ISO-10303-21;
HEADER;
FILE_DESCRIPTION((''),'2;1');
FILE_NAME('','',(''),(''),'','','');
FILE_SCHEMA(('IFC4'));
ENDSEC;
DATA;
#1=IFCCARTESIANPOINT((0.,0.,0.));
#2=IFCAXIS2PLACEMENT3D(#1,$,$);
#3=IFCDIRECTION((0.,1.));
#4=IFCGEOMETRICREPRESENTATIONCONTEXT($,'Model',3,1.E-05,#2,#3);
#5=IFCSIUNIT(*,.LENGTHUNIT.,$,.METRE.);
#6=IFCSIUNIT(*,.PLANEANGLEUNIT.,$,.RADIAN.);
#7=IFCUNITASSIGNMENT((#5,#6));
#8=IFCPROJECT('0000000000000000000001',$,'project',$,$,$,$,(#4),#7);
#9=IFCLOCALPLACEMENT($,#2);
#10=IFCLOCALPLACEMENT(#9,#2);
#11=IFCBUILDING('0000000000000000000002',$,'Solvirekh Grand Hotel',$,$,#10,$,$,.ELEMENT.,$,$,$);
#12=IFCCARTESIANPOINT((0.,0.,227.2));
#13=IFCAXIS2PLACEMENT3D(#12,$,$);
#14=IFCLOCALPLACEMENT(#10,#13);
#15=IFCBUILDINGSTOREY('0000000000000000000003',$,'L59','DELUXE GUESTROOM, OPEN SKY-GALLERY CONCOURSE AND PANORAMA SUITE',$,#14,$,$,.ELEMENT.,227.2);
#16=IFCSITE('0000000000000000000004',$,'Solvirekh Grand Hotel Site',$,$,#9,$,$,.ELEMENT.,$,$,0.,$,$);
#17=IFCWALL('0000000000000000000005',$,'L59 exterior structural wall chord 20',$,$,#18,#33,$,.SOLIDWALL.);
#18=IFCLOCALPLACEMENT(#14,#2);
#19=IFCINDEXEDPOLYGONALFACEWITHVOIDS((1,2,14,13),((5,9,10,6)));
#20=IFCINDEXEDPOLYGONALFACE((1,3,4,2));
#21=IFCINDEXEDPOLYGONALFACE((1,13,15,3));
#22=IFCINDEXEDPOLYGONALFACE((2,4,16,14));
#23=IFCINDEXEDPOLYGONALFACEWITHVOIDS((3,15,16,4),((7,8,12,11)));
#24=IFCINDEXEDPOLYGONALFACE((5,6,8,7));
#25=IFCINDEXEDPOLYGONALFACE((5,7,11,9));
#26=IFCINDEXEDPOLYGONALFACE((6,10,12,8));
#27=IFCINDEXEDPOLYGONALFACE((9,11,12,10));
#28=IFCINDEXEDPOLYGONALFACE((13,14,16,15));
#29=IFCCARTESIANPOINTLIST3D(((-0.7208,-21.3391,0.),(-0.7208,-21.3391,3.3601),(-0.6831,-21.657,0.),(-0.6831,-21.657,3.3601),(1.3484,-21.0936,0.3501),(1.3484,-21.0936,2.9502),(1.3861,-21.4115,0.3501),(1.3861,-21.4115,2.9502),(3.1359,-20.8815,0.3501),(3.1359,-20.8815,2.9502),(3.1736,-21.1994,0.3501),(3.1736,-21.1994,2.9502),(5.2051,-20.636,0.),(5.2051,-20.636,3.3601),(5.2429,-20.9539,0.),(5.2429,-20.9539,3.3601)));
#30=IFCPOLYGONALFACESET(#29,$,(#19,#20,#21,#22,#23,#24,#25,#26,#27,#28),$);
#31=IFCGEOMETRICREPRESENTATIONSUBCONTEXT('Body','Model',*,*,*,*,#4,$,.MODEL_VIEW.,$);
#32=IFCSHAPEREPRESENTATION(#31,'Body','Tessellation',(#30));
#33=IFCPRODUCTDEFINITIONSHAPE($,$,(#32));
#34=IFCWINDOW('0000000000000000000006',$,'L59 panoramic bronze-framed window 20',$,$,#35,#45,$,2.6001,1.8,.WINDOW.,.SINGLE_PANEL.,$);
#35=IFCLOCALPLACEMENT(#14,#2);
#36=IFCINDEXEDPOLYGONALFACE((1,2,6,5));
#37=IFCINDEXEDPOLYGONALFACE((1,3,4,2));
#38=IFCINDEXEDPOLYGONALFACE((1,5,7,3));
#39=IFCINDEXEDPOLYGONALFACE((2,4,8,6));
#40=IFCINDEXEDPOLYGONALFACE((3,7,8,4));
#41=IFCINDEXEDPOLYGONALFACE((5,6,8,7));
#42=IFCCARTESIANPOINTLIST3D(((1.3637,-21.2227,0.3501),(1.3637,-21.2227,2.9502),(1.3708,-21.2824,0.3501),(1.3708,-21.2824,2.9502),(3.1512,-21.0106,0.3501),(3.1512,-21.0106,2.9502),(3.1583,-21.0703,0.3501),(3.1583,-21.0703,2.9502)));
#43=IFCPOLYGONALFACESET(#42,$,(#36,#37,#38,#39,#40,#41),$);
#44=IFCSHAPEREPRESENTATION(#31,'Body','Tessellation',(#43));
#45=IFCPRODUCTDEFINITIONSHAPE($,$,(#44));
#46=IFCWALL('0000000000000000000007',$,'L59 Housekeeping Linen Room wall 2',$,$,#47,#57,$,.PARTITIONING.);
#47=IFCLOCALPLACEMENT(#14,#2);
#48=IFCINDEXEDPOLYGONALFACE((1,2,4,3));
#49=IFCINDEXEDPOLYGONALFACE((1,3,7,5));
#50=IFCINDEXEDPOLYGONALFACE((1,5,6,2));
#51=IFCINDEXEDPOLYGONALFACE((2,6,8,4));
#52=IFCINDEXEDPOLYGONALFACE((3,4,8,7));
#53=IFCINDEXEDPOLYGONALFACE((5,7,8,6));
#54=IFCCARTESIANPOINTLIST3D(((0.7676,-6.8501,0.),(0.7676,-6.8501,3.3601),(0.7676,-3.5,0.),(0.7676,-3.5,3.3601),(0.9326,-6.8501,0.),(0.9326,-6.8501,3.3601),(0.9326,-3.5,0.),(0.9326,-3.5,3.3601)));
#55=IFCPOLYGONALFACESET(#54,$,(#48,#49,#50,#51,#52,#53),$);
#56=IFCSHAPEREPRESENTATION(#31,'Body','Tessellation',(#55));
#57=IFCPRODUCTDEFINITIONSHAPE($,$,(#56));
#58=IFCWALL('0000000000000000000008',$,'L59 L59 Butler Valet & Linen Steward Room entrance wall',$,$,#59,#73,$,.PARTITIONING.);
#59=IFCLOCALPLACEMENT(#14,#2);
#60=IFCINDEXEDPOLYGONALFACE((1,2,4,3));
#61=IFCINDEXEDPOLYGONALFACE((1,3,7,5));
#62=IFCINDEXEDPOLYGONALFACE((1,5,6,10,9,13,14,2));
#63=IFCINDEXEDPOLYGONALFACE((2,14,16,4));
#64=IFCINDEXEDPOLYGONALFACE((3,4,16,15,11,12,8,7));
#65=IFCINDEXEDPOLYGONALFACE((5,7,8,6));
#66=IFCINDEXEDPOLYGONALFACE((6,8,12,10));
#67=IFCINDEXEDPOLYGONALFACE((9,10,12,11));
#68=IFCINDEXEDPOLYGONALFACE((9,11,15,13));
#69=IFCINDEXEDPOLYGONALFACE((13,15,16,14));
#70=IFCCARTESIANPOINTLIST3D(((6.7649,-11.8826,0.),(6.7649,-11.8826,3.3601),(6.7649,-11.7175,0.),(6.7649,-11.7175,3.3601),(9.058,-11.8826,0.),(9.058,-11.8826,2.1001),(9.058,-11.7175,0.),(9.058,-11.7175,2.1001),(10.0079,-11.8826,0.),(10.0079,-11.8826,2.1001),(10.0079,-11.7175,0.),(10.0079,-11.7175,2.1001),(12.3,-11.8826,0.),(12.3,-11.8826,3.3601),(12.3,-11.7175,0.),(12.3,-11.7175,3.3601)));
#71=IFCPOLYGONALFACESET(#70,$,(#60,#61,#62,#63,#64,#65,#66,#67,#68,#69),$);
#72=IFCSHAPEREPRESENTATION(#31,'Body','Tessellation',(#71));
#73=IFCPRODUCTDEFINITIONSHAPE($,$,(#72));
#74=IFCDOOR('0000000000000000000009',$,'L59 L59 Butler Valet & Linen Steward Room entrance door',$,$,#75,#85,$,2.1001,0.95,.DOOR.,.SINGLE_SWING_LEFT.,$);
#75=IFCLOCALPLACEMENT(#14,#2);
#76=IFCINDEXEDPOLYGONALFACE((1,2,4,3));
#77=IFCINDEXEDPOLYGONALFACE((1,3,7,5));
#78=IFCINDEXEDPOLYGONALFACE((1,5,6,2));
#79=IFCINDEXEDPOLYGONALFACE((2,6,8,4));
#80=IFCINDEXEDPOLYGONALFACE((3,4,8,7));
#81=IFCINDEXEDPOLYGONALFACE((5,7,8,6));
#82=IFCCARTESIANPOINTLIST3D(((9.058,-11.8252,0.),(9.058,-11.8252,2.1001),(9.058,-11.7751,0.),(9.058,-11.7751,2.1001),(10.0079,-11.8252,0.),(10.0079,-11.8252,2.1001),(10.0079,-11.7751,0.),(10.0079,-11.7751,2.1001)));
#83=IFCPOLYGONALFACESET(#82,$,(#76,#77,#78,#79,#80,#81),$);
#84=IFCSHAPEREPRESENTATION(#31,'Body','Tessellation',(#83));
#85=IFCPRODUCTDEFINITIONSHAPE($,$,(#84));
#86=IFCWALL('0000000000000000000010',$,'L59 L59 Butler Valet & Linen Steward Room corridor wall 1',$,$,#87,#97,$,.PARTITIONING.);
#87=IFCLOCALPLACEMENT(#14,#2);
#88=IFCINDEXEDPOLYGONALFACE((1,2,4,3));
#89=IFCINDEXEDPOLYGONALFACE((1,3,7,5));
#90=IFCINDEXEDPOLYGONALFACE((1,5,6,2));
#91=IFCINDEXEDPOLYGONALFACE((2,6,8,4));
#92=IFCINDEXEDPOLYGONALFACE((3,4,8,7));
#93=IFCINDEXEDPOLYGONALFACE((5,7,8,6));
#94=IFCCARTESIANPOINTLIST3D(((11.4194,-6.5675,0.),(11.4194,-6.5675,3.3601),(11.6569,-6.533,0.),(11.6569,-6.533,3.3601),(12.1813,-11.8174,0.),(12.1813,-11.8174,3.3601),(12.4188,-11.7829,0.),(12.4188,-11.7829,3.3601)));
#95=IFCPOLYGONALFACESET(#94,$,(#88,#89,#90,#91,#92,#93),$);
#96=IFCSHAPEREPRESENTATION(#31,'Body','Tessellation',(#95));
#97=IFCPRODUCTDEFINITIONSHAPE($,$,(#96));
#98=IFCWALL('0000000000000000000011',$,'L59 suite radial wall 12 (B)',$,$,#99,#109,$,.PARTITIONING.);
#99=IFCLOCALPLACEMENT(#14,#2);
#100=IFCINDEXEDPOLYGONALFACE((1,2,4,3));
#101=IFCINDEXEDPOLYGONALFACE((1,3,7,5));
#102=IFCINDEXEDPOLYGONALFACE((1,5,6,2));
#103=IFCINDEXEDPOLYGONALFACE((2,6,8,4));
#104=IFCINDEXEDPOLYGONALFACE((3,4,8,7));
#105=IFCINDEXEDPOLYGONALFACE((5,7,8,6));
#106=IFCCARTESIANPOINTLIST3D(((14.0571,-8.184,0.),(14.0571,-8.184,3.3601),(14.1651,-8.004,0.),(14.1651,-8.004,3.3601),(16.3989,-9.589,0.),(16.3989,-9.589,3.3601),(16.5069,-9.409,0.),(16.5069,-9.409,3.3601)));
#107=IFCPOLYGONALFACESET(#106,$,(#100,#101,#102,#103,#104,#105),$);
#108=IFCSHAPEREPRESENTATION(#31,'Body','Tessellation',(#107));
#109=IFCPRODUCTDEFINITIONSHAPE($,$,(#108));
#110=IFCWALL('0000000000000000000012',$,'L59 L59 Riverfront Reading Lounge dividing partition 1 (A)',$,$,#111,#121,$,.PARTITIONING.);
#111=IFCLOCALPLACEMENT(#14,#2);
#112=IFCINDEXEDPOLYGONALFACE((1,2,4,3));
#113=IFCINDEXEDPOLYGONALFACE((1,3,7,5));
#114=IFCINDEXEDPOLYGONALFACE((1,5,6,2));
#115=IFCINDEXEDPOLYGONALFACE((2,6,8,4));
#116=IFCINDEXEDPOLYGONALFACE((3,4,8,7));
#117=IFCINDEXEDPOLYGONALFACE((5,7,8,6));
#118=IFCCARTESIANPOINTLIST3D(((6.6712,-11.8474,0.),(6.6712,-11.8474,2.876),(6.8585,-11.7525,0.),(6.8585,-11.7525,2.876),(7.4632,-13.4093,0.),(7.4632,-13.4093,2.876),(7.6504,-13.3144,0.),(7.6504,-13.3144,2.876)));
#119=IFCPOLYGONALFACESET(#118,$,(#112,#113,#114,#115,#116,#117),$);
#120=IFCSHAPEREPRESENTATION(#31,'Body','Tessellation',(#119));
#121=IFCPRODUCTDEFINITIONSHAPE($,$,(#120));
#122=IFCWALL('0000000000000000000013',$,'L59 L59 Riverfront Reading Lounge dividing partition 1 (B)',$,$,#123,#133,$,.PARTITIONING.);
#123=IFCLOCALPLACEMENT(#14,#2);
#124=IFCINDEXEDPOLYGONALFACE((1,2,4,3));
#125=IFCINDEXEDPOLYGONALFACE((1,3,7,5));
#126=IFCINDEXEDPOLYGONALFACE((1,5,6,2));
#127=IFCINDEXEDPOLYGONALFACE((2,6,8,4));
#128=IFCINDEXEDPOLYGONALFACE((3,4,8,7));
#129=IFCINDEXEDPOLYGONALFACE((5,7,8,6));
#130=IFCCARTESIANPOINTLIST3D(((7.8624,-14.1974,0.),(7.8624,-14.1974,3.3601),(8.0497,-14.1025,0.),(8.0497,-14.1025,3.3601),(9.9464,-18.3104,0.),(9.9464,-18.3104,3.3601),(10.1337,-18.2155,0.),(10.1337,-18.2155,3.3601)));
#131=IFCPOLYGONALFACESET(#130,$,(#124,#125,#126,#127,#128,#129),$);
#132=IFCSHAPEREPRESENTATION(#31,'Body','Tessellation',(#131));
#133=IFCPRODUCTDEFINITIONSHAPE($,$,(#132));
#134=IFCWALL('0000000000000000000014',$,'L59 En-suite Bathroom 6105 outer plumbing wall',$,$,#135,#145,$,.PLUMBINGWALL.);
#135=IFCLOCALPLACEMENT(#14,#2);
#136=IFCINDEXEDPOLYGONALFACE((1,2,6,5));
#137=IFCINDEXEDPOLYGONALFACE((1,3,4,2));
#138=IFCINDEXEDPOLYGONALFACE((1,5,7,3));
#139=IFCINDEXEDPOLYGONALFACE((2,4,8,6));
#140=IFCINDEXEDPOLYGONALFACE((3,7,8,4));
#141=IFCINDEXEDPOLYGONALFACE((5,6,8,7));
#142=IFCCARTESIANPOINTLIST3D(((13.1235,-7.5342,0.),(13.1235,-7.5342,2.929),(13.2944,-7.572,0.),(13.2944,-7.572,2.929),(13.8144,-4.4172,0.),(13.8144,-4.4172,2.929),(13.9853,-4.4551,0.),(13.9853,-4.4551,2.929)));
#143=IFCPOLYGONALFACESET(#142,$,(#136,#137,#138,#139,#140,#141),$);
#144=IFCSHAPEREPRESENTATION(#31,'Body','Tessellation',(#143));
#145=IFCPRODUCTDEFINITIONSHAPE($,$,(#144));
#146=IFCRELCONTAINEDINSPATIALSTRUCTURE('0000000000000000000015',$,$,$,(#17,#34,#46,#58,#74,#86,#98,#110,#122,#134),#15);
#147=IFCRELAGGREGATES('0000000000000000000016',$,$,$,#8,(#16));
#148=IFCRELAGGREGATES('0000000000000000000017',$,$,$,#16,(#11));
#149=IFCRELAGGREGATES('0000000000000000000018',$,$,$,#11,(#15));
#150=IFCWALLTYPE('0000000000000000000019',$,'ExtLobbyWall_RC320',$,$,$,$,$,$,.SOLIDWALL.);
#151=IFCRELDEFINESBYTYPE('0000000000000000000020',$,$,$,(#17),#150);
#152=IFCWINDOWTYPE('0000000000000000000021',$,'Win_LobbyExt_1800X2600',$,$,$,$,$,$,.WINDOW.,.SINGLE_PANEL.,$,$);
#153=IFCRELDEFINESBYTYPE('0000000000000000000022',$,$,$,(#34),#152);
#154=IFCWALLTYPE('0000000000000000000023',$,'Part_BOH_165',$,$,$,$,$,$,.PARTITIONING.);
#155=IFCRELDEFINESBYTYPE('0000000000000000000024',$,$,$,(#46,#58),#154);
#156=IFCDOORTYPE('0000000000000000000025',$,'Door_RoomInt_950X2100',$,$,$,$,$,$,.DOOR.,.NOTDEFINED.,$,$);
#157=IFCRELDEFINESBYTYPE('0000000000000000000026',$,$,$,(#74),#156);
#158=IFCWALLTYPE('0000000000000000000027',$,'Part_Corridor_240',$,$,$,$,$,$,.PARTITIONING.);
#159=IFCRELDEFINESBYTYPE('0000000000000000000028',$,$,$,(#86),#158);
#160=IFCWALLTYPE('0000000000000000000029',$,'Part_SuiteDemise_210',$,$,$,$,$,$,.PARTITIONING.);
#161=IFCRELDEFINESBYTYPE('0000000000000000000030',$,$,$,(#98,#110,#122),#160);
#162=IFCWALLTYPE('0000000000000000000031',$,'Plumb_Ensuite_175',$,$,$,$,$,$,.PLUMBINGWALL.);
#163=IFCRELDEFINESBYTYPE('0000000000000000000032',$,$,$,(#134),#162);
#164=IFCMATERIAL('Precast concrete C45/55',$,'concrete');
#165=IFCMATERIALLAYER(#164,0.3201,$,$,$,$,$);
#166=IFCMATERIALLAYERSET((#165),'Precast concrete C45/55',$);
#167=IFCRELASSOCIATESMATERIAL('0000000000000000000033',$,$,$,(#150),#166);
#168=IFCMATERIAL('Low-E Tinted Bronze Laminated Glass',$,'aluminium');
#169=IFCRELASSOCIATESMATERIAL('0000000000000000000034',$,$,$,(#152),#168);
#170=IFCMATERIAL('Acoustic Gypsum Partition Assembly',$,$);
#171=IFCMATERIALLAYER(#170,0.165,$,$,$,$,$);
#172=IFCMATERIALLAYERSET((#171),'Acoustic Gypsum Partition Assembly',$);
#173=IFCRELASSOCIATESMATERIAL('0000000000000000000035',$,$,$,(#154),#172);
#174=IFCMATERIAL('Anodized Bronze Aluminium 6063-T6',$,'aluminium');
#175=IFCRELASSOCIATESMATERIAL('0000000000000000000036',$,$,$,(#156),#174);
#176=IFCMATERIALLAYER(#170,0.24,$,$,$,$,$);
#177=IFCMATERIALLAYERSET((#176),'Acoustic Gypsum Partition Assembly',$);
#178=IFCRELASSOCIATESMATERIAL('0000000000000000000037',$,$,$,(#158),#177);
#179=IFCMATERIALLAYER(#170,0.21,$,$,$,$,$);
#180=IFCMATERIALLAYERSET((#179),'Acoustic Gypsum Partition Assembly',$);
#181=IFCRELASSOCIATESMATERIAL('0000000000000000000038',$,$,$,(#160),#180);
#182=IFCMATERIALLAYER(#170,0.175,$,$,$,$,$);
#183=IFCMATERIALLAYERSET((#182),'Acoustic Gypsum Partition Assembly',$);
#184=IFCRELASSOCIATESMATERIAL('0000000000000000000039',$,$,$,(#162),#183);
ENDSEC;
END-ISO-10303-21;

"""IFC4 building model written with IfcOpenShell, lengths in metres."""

from ifc_helpers import new_model, si_unit, direction, frame, frame_2d, origin, place, context, subcontext, project, spatial, rectangle, extrude, material, layer, layer_set, type_object, element, fill, save


model = new_model("IFC4")

# Units and contexts
model_context = context("Model", 3, precision=1e-05, world=origin(), true_north=direction((0.0, 1.0)))
body_context = subcontext(model_context, "Body", "Model", "MODEL_VIEW")
ifc_project = project(units=[si_unit("LENGTHUNIT", "METRE"), si_unit("PLANEANGLEUNIT", "RADIAN")], contexts=[model_context])

# Site, building, storey
site_placement = place(None, origin())
site = spatial("IfcSite", under=ifc_project, at=site_placement, Name="Solvirekh Grand Hotel Site", CompositionType="ELEMENT", RefElevation=0.0)
building_placement = place(site_placement, origin())
building = spatial("IfcBuilding", under=site, at=building_placement, Name="Solvirekh Grand Hotel", CompositionType="ELEMENT")
storey_placement = place(building_placement, frame((0.0, 0.0, 227.2)))
storey = spatial("IfcBuildingStorey", under=building, at=storey_placement, Name="L59", Description="DELUXE GUESTROOM, OPEN SKY-GALLERY CONCOURSE AND PANORAMA SUITE", CompositionType="ELEMENT", Elevation=227.2)

# Shared definitions
ifc_material_1 = material(Name="Anodized Bronze Aluminium 6063-T6", Category="aluminium")

# Shared definitions
ifc_material_2 = material(Name="Low-E Tinted Bronze Laminated Glass", Category="aluminium")

# Wall, opening, window
ifc_material_3 = material(Name="Precast concrete C45/55", Category="concrete")
ifc_layer_1 = layer(ifc_material_3, 0.3201)
ifc_layer_set_1 = layer_set([ifc_layer_1], Name="Precast concrete C45/55")
wall_type_1 = type_object("IfcWallType", Name="ExtLobbyWall_RC320", PredefinedType="SOLIDWALL", material=ifc_layer_set_1)
window_type = type_object("IfcWindowType", Name="Win_LobbyExt_1800X2600", PartitioningType="SINGLE_PANEL", PredefinedType="WINDOW", material=ifc_material_2)
wall_1_placement = place(storey_placement, frame((5.2241, -20.7949, 0.0), z_axis=(0.0, 0.0, 1.0), x_axis=(-0.993035, -0.117824, 0.0)))
wall_1 = element("IfcWall", 1, at=wall_1_placement, inside=storey, type_object=wall_type_1, Name="L59 exterior structural wall chord 20", PredefinedType="SOLIDWALL", context=body_context, shape_type="SweptSolid", body=[
    extrude(rectangle(XDim=5.9675, YDim=0.3201, at=frame_2d((2.9839, 0.0))), origin(), (0.0, 0.0, 1.0), 3.3601),
])
opening_1_placement = place(wall_1_placement, frame((2.084, 0.0, 0.3501)))
opening_1 = element("IfcOpeningElement", 2, at=opening_1_placement, cuts=wall_1, PredefinedType="OPENING", context=body_context, shape_type="SweptSolid", body=[
    extrude(rectangle(XDim=1.8, YDim=2.6001, at=frame_2d((0.8999, 1.3))), frame((0.0, 0.1699, 0.0), z_axis=(0.0, -1.0, 0.0), x_axis=(1.0, 0.0, 0.0)), (0.0, 0.0, 1.0), 0.3401),
])
window_1_placement = place(opening_1_placement, origin())
window_1 = element("IfcWindow", 3, at=window_1_placement, inside=storey, type_object=window_type, Name="L59 panoramic bronze-framed window 20", OverallHeight=2.6001, OverallWidth=1.8, PartitioningType="SINGLE_PANEL", PredefinedType="WINDOW", context=body_context, shape_type="SweptSolid", body=[
    extrude(rectangle(XDim=1.8, YDim=2.6001, at=frame_2d((0.8999, 1.3))), frame((0.0, 0.03, 0.0), z_axis=(0.0, -1.0, 0.0), x_axis=(1.0, 0.0, 0.0)), (0.0, 0.0, 1.0), 0.0601),
])
fill(opening_1, window_1)

# Wall
ifc_material_4 = material(Name="Acoustic Gypsum Partition Assembly")
ifc_layer_2 = layer(ifc_material_4, 0.165)
ifc_layer_set_2 = layer_set([ifc_layer_2], Name="Acoustic Gypsum Partition Assembly")
wall_type_2 = type_object("IfcWallType", Name="Part_BOH_165", PredefinedType="PARTITIONING", material=ifc_layer_set_2)
wall_2_placement = place(storey_placement, frame((0.8501, -6.8501, 0.0), z_axis=(0.0, 0.0, 1.0), x_axis=(0.0, 1.0, 0.0)))
element("IfcWall", 4, at=wall_2_placement, inside=storey, type_object=wall_type_2, Name="L59 Housekeeping Linen Room wall 2", PredefinedType="PARTITIONING", context=body_context, shape_type="SweptSolid", body=[
    extrude(rectangle(XDim=3.3501, YDim=0.165, at=frame_2d((1.675, 0.0))), origin(), (0.0, 0.0, 1.0), 3.3601),
])

# Wall, opening, door
wall_3_placement = place(storey_placement, frame((6.7649, -11.8, 0.0), z_axis=(0.0, 0.0, 1.0), x_axis=(1.0, 0.0, 0.0)))
wall_3 = element("IfcWall", 5, at=wall_3_placement, inside=storey, type_object=wall_type_2, Name="L59 L59 Butler Valet & Linen Steward Room entrance wall", PredefinedType="PARTITIONING", context=body_context, shape_type="SweptSolid", body=[
    extrude(rectangle(XDim=5.5352, YDim=0.165, at=frame_2d((2.7676, 0.0))), origin(), (0.0, 0.0, 1.0), 3.3601),
])
opening_2_placement = place(wall_3_placement, frame((2.293, 0.0, 0.0)))
opening_2 = element("IfcOpeningElement", 6, at=opening_2_placement, cuts=wall_3, PredefinedType="OPENING", context=body_context, shape_type="SweptSolid", body=[
    extrude(rectangle(XDim=0.95, YDim=2.1001, at=frame_2d((0.4751, 1.05))), frame((0.0, 0.0925, 0.0), z_axis=(0.0, -1.0, 0.0), x_axis=(1.0, 0.0, 0.0)), (0.0, 0.0, 1.0), 0.1851),
])
door_type = type_object("IfcDoorType", Name="Door_RoomInt_950X2100", OperationType="NOTDEFINED", PredefinedType="DOOR", material=ifc_material_1)
door_placement = place(opening_2_placement, origin())
door = element("IfcDoor", 7, at=door_placement, inside=storey, type_object=door_type, Name="L59 L59 Butler Valet & Linen Steward Room entrance door", OperationType="SINGLE_SWING_LEFT", OverallHeight=2.1001, OverallWidth=0.95, PredefinedType="DOOR", context=body_context, shape_type="SweptSolid", body=[
    extrude(rectangle(XDim=0.95, YDim=2.1001, at=frame_2d((0.4751, 1.05))), frame((0.0, 0.0249, 0.0), z_axis=(0.0, -1.0, 0.0), x_axis=(1.0, 0.0, 0.0)), (0.0, 0.0, 1.0), 0.05),
])
fill(opening_2, door)

# Walls
ifc_layer_3 = layer(ifc_material_4, 0.24)
ifc_layer_set_3 = layer_set([ifc_layer_3], Name="Acoustic Gypsum Partition Assembly")
wall_type_3 = type_object("IfcWallType", Name="Part_Corridor_240", PredefinedType="PARTITIONING", material=ifc_layer_set_3)
wall_4_placement = place(storey_placement, frame((12.3, -11.8, 0.0), z_axis=(0.0, 0.0, 1.0), x_axis=(-0.143631, 0.989631, 0.0)))
element("IfcWall", 8, at=wall_4_placement, inside=storey, type_object=wall_type_3, Name="L59 L59 Butler Valet & Linen Steward Room corridor wall 1", PredefinedType="PARTITIONING", context=body_context, shape_type="SweptSolid", body=[
    extrude(rectangle(XDim=5.3049, YDim=0.24, at=frame_2d((2.6523, 0.0))), origin(), (0.0, 0.0, 1.0), 3.3601),
])
ifc_layer_4 = layer(ifc_material_4, 0.21)
ifc_layer_set_4 = layer_set([ifc_layer_4], Name="Acoustic Gypsum Partition Assembly")
wall_type_4 = type_object("IfcWallType", Name="Part_SuiteDemise_210", PredefinedType="PARTITIONING", material=ifc_layer_set_4)
wall_5_placement = place(storey_placement, frame((14.1111, -8.094, 0.0), z_axis=(0.0, 0.0, 1.0), x_axis=(0.857501, -0.514483, 0.0)))
element("IfcWall", 9, at=wall_5_placement, inside=storey, type_object=wall_type_4, Name="L59 suite radial wall 12 (B)", PredefinedType="PARTITIONING", context=body_context, shape_type="SweptSolid", body=[
    extrude(rectangle(XDim=2.731, YDim=0.21, at=frame_2d((1.3655, 0.0))), origin(), (0.0, 0.0, 1.0), 3.3601),
])
wall_6_placement = place(storey_placement, frame((6.7649, -11.8, 0.0), z_axis=(0.0, 0.0, 1.0), x_axis=(0.452225, -0.891904, 0.0)))
element("IfcWall", 10, at=wall_6_placement, inside=storey, type_object=wall_type_4, Name="L59 L59 Riverfront Reading Lounge dividing partition 1 (A)", PredefinedType="PARTITIONING", context=body_context, shape_type="SweptSolid", body=[
    extrude(rectangle(XDim=1.7512, YDim=0.21, at=frame_2d((0.8755, 0.0))), origin(), (0.0, 0.0, 1.0), 2.876),
])
wall_7_placement = place(storey_placement, frame((7.9561, -14.1499, 0.0), z_axis=(0.0, 0.0, 1.0), x_axis=(0.451973, -0.892032, 0.0)))
element("IfcWall", 11, at=wall_7_placement, inside=storey, type_object=wall_type_4, Name="L59 L59 Riverfront Reading Lounge dividing partition 1 (B)", PredefinedType="PARTITIONING", context=body_context, shape_type="SweptSolid", body=[
    extrude(rectangle(XDim=4.6108, YDim=0.21, at=frame_2d((2.3054, 0.0))), origin(), (0.0, 0.0, 1.0), 3.3601),
])
ifc_layer_5 = layer(ifc_material_4, 0.175)
ifc_layer_set_5 = layer_set([ifc_layer_5], Name="Acoustic Gypsum Partition Assembly")
wall_type_5 = type_object("IfcWallType", Name="Plumb_Ensuite_175", PredefinedType="PLUMBINGWALL", material=ifc_layer_set_5)
wall_8_placement = place(storey_placement, frame((13.209, -7.553, 0.0), z_axis=(0.0, 0.0, 1.0), x_axis=(0.216412, 0.976302, 0.0)))
element("IfcWall", 12, at=wall_8_placement, inside=storey, type_object=wall_type_5, Name="L59 En-suite Bathroom 6105 outer plumbing wall", PredefinedType="PLUMBINGWALL", context=body_context, shape_type="SweptSolid", body=[
    extrude(rectangle(XDim=3.1926, YDim=0.175, at=frame_2d((1.5962, 0.0))), origin(), (0.0, 0.0, 1.0), 2.929),
])

save(model, "model.ifc")
